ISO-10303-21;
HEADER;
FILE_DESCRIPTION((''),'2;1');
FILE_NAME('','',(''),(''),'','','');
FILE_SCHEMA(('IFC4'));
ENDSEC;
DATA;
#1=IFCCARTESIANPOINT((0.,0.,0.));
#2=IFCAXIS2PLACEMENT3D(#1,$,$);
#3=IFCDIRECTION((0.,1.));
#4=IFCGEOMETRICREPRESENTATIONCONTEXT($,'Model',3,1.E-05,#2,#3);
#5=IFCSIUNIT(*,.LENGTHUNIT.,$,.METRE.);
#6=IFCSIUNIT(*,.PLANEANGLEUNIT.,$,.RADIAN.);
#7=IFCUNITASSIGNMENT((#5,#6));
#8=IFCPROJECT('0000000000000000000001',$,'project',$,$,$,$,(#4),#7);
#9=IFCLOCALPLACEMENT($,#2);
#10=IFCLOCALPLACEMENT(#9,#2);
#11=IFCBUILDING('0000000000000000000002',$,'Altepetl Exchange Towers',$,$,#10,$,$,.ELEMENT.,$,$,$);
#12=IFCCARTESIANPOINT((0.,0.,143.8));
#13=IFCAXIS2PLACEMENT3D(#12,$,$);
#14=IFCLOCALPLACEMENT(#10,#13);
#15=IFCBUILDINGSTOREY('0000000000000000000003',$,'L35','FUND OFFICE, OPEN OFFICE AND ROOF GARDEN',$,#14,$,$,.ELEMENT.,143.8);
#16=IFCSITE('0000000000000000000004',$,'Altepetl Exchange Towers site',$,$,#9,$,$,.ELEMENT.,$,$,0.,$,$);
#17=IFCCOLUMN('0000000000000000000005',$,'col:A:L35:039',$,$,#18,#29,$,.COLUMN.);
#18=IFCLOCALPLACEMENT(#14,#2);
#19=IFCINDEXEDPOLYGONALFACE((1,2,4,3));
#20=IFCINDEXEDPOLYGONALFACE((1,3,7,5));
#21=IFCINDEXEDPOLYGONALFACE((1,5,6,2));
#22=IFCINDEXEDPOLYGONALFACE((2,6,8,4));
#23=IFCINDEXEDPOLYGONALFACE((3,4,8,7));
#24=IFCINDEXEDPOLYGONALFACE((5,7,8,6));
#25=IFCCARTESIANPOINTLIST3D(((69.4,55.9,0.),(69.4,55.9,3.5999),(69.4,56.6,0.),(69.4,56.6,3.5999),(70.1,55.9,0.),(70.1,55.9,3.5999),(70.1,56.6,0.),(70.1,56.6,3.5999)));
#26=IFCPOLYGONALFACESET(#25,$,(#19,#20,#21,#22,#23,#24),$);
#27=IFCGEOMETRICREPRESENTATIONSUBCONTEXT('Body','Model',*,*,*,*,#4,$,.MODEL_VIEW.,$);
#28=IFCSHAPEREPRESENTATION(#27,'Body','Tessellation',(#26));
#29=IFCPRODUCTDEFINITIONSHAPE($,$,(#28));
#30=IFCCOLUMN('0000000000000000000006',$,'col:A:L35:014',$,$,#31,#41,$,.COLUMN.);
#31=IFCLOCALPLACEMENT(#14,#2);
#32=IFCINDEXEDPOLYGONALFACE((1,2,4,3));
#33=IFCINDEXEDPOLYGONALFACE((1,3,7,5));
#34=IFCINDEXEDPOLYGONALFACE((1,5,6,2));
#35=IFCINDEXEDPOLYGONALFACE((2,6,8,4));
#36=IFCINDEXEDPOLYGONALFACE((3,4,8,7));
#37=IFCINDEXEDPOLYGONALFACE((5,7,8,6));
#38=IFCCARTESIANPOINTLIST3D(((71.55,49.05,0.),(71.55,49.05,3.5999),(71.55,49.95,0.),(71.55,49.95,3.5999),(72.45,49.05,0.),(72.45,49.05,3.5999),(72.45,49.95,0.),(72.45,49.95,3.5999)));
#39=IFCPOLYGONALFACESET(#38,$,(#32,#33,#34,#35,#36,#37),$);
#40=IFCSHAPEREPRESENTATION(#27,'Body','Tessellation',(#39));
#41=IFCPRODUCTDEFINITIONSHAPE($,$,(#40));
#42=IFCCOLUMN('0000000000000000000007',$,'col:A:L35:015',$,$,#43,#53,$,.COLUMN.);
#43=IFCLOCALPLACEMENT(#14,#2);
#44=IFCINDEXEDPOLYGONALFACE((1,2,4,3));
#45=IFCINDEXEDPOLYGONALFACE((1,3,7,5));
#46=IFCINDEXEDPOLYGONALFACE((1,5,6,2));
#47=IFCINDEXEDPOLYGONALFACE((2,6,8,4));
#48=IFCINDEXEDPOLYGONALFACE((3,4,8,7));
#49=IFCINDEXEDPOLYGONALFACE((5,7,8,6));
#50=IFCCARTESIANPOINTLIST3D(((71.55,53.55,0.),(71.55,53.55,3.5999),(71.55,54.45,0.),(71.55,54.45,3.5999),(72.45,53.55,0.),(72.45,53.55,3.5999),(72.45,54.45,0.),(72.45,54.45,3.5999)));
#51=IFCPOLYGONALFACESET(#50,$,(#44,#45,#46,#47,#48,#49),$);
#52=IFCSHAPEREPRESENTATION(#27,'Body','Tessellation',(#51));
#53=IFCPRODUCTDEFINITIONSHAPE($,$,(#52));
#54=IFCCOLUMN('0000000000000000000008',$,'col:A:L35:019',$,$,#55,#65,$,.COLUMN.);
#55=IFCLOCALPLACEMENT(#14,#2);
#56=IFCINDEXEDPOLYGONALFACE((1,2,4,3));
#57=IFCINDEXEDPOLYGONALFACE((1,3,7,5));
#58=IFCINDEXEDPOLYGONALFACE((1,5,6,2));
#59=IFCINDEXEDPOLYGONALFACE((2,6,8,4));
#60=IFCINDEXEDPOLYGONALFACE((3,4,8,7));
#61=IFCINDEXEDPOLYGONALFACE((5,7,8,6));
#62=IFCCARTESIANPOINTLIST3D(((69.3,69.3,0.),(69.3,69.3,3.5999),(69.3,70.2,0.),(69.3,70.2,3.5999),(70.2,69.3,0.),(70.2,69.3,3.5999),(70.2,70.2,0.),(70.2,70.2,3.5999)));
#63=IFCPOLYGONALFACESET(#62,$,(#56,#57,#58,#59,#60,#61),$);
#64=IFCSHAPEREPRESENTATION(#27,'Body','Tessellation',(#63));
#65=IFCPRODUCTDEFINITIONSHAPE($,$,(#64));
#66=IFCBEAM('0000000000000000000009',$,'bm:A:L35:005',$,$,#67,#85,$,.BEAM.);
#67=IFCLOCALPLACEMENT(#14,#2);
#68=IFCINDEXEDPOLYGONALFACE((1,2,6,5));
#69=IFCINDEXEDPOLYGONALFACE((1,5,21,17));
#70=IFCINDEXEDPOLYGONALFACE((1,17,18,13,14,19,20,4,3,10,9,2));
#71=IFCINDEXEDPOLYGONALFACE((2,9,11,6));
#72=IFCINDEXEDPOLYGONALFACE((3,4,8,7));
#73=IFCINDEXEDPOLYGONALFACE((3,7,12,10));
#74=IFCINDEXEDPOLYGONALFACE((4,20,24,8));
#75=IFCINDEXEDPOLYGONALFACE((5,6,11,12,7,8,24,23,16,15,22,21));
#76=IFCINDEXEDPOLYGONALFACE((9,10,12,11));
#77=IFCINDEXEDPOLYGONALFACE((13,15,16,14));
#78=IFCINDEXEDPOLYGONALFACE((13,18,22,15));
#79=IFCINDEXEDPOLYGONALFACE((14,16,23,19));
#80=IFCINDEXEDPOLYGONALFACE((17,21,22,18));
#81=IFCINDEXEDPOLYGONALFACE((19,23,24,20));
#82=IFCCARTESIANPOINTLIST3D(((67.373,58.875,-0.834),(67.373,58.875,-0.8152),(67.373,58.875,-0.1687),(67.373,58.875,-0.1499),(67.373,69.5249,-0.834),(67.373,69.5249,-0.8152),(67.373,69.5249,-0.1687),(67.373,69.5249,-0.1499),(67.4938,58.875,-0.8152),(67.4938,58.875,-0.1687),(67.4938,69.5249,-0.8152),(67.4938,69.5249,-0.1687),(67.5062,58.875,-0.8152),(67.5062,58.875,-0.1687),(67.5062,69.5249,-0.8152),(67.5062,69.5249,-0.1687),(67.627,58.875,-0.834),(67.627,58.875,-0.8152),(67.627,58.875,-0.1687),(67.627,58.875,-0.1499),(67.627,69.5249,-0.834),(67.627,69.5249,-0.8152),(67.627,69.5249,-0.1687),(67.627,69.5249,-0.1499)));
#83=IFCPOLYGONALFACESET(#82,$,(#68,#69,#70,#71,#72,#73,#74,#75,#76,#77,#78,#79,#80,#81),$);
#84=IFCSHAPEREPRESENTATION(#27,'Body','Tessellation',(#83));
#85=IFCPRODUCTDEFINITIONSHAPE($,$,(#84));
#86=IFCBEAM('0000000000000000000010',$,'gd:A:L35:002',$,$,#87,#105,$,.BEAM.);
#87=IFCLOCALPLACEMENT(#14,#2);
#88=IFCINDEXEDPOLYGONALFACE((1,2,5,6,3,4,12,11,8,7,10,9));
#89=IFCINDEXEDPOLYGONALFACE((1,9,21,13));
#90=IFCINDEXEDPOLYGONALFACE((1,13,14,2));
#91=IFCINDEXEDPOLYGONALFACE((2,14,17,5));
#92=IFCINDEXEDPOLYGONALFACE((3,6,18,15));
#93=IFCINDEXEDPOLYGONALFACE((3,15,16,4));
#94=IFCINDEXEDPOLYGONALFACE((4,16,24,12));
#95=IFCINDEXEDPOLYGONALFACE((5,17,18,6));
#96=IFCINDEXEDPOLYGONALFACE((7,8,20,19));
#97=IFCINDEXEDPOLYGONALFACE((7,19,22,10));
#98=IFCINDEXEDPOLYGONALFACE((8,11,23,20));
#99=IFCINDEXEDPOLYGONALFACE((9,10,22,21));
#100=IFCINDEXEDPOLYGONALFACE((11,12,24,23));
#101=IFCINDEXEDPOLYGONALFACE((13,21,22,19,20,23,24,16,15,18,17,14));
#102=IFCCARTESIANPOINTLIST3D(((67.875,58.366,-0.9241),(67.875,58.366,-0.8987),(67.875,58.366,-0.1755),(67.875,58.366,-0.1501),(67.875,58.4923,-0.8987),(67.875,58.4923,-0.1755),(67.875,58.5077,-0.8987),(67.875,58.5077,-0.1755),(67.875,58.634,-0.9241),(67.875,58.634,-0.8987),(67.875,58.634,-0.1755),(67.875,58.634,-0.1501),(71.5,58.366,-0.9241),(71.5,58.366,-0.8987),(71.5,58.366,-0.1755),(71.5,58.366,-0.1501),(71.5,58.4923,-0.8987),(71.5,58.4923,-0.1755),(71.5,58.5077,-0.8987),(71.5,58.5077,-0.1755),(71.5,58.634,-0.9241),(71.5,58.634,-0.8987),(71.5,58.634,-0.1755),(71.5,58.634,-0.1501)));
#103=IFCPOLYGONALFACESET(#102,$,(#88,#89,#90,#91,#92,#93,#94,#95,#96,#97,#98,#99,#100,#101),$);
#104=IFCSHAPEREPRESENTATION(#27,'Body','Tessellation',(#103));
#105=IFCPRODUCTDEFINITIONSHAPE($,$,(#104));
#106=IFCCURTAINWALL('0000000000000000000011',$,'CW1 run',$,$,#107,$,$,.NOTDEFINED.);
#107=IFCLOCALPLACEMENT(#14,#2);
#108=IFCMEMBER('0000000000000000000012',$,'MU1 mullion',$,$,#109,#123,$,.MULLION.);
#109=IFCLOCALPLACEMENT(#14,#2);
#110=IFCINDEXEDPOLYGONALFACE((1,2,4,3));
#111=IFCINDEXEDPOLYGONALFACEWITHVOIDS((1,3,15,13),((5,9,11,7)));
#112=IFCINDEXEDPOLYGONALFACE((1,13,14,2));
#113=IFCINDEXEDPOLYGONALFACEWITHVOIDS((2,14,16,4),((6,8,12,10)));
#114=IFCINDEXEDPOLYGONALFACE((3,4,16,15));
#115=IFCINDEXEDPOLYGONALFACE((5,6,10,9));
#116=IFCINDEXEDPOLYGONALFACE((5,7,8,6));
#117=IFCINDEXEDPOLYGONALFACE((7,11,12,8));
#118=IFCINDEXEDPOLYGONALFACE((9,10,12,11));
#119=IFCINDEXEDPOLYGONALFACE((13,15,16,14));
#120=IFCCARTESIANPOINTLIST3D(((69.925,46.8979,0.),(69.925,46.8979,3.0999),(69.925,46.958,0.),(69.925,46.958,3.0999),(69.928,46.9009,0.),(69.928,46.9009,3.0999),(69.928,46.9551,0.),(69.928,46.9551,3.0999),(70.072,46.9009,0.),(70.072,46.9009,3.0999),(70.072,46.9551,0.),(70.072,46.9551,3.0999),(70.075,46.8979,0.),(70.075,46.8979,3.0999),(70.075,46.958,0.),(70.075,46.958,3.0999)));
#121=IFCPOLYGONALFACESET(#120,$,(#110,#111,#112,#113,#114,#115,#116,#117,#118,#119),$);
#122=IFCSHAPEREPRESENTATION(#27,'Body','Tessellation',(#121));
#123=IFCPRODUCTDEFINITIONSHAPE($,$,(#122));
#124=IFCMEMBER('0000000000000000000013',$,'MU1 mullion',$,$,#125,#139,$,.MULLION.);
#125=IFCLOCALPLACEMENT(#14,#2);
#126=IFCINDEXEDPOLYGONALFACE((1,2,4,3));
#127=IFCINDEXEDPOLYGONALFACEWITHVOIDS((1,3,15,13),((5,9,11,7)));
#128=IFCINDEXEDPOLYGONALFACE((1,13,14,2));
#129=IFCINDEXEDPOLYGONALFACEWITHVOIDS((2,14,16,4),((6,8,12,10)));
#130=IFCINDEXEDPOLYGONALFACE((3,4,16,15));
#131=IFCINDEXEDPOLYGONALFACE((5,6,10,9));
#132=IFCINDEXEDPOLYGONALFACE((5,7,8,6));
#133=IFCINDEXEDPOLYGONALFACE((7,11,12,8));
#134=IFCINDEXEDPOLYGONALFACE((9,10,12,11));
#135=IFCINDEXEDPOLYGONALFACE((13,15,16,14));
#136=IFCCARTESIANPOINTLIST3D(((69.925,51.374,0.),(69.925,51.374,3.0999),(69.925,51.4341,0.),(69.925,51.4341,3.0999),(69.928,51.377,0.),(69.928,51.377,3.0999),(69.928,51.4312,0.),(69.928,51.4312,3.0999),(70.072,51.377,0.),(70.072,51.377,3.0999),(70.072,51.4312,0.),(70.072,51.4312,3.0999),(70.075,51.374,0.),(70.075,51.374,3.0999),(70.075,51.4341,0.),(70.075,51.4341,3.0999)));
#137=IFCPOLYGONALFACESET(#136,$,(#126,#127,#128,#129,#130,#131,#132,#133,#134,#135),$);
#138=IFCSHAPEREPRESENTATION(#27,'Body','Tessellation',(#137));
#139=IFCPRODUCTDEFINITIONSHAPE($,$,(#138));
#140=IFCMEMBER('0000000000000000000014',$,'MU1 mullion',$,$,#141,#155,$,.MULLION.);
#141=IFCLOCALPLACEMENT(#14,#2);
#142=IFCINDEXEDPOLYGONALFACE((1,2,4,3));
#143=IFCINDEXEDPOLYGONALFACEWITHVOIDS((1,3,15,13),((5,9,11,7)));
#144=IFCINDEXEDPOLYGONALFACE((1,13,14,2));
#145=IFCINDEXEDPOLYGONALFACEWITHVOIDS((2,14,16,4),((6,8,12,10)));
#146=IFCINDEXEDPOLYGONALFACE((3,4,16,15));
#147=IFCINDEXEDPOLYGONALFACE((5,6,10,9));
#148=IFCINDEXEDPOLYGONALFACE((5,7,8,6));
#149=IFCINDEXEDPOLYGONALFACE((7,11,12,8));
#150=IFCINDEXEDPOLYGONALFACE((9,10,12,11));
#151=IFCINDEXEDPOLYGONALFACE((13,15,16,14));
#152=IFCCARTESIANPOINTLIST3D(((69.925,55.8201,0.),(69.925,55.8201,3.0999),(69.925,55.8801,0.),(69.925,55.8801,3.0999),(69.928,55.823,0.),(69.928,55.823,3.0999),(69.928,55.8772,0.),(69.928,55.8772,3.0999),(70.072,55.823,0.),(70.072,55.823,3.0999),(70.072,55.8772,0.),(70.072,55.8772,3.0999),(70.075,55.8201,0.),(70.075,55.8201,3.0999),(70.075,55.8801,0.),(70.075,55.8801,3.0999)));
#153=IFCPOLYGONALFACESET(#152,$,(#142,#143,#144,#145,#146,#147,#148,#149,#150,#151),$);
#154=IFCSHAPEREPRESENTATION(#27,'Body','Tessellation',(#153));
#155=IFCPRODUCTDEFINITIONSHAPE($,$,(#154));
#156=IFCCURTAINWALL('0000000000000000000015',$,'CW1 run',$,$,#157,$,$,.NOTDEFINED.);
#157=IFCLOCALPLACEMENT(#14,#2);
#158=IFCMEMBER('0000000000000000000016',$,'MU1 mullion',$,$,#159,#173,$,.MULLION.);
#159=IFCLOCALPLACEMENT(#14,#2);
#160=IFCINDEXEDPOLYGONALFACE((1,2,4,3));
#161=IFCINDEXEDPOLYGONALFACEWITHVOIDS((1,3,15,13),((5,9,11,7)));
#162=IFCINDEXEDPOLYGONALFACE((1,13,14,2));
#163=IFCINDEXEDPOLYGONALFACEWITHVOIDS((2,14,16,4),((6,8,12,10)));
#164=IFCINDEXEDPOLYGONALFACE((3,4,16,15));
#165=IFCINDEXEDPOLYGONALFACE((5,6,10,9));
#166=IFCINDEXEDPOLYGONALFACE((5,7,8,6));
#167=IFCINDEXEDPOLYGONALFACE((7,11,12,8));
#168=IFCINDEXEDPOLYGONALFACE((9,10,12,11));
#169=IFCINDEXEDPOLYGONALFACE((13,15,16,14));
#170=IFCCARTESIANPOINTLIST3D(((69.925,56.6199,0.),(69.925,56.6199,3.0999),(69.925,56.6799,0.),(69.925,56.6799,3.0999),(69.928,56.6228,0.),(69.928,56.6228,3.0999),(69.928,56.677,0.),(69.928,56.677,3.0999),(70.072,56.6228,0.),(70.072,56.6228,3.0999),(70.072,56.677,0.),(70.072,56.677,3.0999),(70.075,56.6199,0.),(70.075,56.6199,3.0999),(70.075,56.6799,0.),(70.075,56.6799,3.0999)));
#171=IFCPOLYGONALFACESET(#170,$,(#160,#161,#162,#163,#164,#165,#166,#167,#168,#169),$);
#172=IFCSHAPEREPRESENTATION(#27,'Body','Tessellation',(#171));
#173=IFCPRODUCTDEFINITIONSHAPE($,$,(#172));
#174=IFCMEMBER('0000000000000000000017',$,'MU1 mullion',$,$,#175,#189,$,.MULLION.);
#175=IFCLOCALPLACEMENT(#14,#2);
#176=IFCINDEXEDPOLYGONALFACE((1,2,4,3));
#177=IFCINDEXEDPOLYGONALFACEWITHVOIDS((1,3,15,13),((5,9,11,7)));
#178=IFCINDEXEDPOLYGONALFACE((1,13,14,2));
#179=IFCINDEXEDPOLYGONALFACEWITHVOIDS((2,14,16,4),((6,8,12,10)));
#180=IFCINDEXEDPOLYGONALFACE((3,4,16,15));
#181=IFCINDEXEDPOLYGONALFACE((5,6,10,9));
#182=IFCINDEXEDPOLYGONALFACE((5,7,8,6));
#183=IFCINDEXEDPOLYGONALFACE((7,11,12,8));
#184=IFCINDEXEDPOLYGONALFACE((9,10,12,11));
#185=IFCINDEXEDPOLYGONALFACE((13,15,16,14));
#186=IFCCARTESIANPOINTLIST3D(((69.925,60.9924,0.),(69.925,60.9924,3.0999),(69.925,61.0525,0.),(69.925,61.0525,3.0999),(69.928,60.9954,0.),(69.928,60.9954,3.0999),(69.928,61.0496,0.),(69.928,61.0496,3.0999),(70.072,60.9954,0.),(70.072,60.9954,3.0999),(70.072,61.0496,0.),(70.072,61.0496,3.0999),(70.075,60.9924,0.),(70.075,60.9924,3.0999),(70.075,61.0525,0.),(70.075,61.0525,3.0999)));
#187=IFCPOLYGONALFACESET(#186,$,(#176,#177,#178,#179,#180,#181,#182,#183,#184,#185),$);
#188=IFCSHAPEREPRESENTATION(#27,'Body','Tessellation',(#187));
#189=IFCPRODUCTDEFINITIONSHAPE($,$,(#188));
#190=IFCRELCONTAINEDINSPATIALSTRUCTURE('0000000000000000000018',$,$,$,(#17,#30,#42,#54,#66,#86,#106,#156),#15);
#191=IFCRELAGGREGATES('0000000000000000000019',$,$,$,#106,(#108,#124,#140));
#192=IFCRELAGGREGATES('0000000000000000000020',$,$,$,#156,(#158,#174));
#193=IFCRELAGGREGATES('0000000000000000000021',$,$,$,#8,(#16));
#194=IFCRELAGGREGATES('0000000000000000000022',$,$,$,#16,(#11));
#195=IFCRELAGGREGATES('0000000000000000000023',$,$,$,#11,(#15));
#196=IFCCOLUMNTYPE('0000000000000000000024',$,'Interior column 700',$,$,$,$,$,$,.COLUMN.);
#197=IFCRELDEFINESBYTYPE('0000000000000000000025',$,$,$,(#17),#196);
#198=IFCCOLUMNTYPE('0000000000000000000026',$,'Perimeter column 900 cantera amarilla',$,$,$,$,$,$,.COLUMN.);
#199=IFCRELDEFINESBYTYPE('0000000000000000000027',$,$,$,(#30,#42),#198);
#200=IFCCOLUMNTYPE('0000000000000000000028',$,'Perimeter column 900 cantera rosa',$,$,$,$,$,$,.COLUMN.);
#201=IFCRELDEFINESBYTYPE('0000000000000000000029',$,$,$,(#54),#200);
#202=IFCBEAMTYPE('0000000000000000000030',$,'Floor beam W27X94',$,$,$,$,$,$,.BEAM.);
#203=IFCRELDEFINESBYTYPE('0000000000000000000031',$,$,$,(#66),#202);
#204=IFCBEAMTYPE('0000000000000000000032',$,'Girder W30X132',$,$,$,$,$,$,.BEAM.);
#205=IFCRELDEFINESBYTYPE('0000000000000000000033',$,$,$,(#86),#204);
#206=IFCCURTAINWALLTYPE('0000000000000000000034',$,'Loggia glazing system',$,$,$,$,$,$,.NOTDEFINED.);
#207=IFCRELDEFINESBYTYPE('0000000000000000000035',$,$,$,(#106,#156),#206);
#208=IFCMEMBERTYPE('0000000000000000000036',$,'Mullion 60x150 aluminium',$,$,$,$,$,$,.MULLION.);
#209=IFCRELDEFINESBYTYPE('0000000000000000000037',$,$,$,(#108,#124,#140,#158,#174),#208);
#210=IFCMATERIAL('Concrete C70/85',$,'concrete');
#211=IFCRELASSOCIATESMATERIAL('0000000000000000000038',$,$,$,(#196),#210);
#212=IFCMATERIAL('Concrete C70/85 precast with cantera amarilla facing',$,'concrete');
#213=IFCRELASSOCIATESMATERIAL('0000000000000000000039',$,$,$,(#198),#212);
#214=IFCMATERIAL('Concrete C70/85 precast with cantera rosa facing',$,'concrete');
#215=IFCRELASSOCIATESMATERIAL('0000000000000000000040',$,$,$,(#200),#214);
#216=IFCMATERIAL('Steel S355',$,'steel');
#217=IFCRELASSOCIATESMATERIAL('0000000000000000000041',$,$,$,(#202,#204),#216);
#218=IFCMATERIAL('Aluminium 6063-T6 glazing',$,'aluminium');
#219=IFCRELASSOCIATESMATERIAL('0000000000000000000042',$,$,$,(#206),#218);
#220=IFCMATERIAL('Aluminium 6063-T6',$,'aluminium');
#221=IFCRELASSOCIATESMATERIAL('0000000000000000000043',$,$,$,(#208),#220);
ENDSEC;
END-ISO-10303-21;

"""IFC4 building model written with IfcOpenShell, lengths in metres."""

from ifc_helpers import new_model, si_unit, direction, frame, origin, origin_2d, place, context, subcontext, project, spatial, rectangle, hollow_rectangle, i_section, extrude, material, material_profile, profile_set, type_object, element, aggregate, save


model = new_model("IFC4")

# Units and contexts
model_context = context("Model", 3, precision=1e-05, world=origin(), true_north=direction((0.0, 1.0)))
body_context = subcontext(model_context, "Body", "Model", "MODEL_VIEW")
ifc_project = project(units=[si_unit("LENGTHUNIT", "METRE"), si_unit("PLANEANGLEUNIT", "RADIAN")], contexts=[model_context])

# Site, building, storey
site_placement = place(None, origin())
site = spatial("IfcSite", under=ifc_project, at=site_placement, Name="Altepetl Exchange Towers site", CompositionType="ELEMENT", RefElevation=0.0)
building_placement = place(site_placement, origin())
building = spatial("IfcBuilding", under=site, at=building_placement, Name="Altepetl Exchange Towers", CompositionType="ELEMENT")
storey_placement = place(building_placement, frame((0.0, 0.0, 143.8)))
storey = spatial("IfcBuildingStorey", under=building, at=storey_placement, Name="L35", Description="FUND OFFICE, OPEN OFFICE AND ROOF GARDEN", CompositionType="ELEMENT", Elevation=143.8)

# Columns
ifc_material_1 = material(Name="Concrete C70/85", Category="concrete")
ifc_material_profile_1 = material_profile(ifc_material_1, rectangle(XDim=0.7, YDim=0.7, at=origin_2d()), Name="700 x 700")
ifc_profile_set_1 = profile_set([ifc_material_profile_1], Name="Concrete C70/85")
column_type_1 = type_object("IfcColumnType", Name="Interior column 700", PredefinedType="COLUMN", material=ifc_profile_set_1)
column_1_placement = place(storey_placement, frame((69.75, 56.25, 0.0)))
element("IfcColumn", 1, at=column_1_placement, inside=storey, type_object=column_type_1, Name="col:A:L35:039", PredefinedType="COLUMN", context=body_context, shape_type="SweptSolid", body=[
    extrude(rectangle(XDim=0.7, YDim=0.7, at=origin_2d()), origin(), (0.0, 0.0, 1.0), 3.5999),
])
ifc_material_2 = material(Name="Concrete C70/85 precast with cantera amarilla facing", Category="concrete")
ifc_material_profile_2 = material_profile(ifc_material_2, rectangle(XDim=0.8999, YDim=0.8999, at=origin_2d()), Name="900 x 900")
ifc_profile_set_2 = profile_set([ifc_material_profile_2], Name="Concrete C70/85 precast with cantera amarilla facing")
column_type_2 = type_object("IfcColumnType", Name="Perimeter column 900 cantera amarilla", PredefinedType="COLUMN", material=ifc_profile_set_2)
for number, where, name in (
    (2, (72.0, 49.5, 0.0), "col:A:L35:014"),
    (3, (72.0, 54.0, 0.0), "col:A:L35:015"),
):
    element("IfcColumn", number, at=place(storey_placement, frame(where)), inside=storey, type_object=column_type_2, Name=name, PredefinedType="COLUMN", context=body_context, shape_type="SweptSolid", body=[
        extrude(rectangle(XDim=0.8999, YDim=0.8999, at=origin_2d()), origin(), (0.0, 0.0, 1.0), 3.5999),
    ])
ifc_material_3 = material(Name="Concrete C70/85 precast with cantera rosa facing", Category="concrete")
ifc_material_profile_3 = material_profile(ifc_material_3, rectangle(XDim=0.8999, YDim=0.8999, at=origin_2d()), Name="900 x 900")
ifc_profile_set_3 = profile_set([ifc_material_profile_3], Name="Concrete C70/85 precast with cantera rosa facing")
column_type_3 = type_object("IfcColumnType", Name="Perimeter column 900 cantera rosa", PredefinedType="COLUMN", material=ifc_profile_set_3)
column_2_placement = place(storey_placement, frame((69.75, 69.75, 0.0)))
element("IfcColumn", 4, at=column_2_placement, inside=storey, type_object=column_type_3, Name="col:A:L35:019", PredefinedType="COLUMN", context=body_context, shape_type="SweptSolid", body=[
    extrude(rectangle(XDim=0.8999, YDim=0.8999, at=origin_2d()), origin(), (0.0, 0.0, 1.0), 3.5999),
])

# Beams
ifc_material_4 = material(Name="Steel S355", Category="steel")
ifc_material_profile_4 = material_profile(ifc_material_4, i_section(OverallWidth=0.2539, OverallDepth=0.6841, WebThickness=0.0125, FlangeThickness=0.0188, at=origin_2d()), Name="W27X94")
ifc_profile_set_4 = profile_set([ifc_material_profile_4], Name="Steel S355")
beam_type_1 = type_object("IfcBeamType", Name="Floor beam W27X94", PredefinedType="BEAM", material=ifc_profile_set_4)
beam_1_placement = place(storey_placement, frame((67.5, 58.875, -0.4919), z_axis=(0.0, 1.0, 0.0), x_axis=(-1.0, 0.0, 0.0)))
element("IfcBeam", 5, at=beam_1_placement, inside=storey, type_object=beam_type_1, Name="bm:A:L35:005", PredefinedType="BEAM", context=body_context, shape_type="SweptSolid", body=[
    extrude(i_section(OverallWidth=0.2539, OverallDepth=0.6841, WebThickness=0.0125, FlangeThickness=0.0188, at=origin_2d()), origin(), (0.0, 0.0, 1.0), 10.6499),
])
ifc_material_profile_5 = material_profile(ifc_material_4, i_section(OverallWidth=0.2681, OverallDepth=0.7739, WebThickness=0.0154, FlangeThickness=0.0254, at=origin_2d()), Name="W30X132")
ifc_profile_set_5 = profile_set([ifc_material_profile_5], Name="Steel S355")
beam_type_2 = type_object("IfcBeamType", Name="Girder W30X132", PredefinedType="BEAM", material=ifc_profile_set_5)
beam_2_placement = place(storey_placement, frame((67.875, 58.5, -0.5371), z_axis=(1.0, 0.0, 0.0), x_axis=(0.0, 1.0, 0.0)))
element("IfcBeam", 6, at=beam_2_placement, inside=storey, type_object=beam_type_2, Name="gd:A:L35:002", PredefinedType="BEAM", context=body_context, shape_type="SweptSolid", body=[
    extrude(i_section(OverallWidth=0.2681, OverallDepth=0.7739, WebThickness=0.0154, FlangeThickness=0.0254, at=origin_2d()), origin(), (0.0, 0.0, 1.0), 3.625),
])

# Curtain walls, members
ifc_material_5 = material(Name="Aluminium 6063-T6 glazing", Category="aluminium")
curtain_wall_type = type_object("IfcCurtainWallType", Name="Loggia glazing system", PredefinedType="NOTDEFINED", material=ifc_material_5)
curtain_wall_1_placement = place(storey_placement, origin())
curtain_wall_1 = element("IfcCurtainWall", 7, at=curtain_wall_1_placement, inside=storey, type_object=curtain_wall_type, Name="CW1 run", PredefinedType="NOTDEFINED")
ifc_material_6 = material(Name="Aluminium 6063-T6", Category="aluminium")
ifc_material_profile_6 = material_profile(ifc_material_6, hollow_rectangle(XDim=0.0601, YDim=0.1499, WallThickness=0.0029, at=origin_2d()), Name="Mullion 60x150 aluminium")
ifc_profile_set_6 = profile_set([ifc_material_profile_6], Name="Aluminium 6063-T6")
member_type = type_object("IfcMemberType", Name="Mullion 60x150 aluminium", PredefinedType="MULLION", material=ifc_profile_set_6)
member_1_placement = place(storey_placement, frame((70.0, 46.928, 0.0), z_axis=(0.0, 0.0, 1.0), x_axis=(0.0, 1.0, 0.0)))
member_1 = element("IfcMember", 8, at=member_1_placement, type_object=member_type, Name="MU1 mullion", PredefinedType="MULLION", context=body_context, shape_type="SweptSolid", body=[
    extrude(hollow_rectangle(XDim=0.0601, YDim=0.1499, WallThickness=0.0029, at=origin_2d()), origin(), (0.0, 0.0, 1.0), 3.0999),
])
member_2_placement = place(storey_placement, frame((70.0, 51.4041, 0.0), z_axis=(0.0, 0.0, 1.0), x_axis=(0.0, 1.0, 0.0)))
member_2 = element("IfcMember", 9, at=member_2_placement, type_object=member_type, Name="MU1 mullion", PredefinedType="MULLION", context=body_context, shape_type="SweptSolid", body=[
    extrude(hollow_rectangle(XDim=0.0601, YDim=0.1499, WallThickness=0.0029, at=origin_2d()), origin(), (0.0, 0.0, 1.0), 3.0999),
])
member_3_placement = place(storey_placement, frame((70.0, 55.8501, 0.0), z_axis=(0.0, 0.0, 1.0), x_axis=(0.0, 1.0, 0.0)))
member_3 = element("IfcMember", 10, at=member_3_placement, type_object=member_type, Name="MU1 mullion", PredefinedType="MULLION", context=body_context, shape_type="SweptSolid", body=[
    extrude(hollow_rectangle(XDim=0.0601, YDim=0.1499, WallThickness=0.0029, at=origin_2d()), origin(), (0.0, 0.0, 1.0), 3.0999),
])
curtain_wall_2_placement = place(storey_placement, origin())
curtain_wall_2 = element("IfcCurtainWall", 11, at=curtain_wall_2_placement, inside=storey, type_object=curtain_wall_type, Name="CW1 run", PredefinedType="NOTDEFINED")
member_4_placement = place(storey_placement, frame((70.0, 56.6499, 0.0), z_axis=(0.0, 0.0, 1.0), x_axis=(0.0, 1.0, 0.0)))
member_4 = element("IfcMember", 12, at=member_4_placement, type_object=member_type, Name="MU1 mullion", PredefinedType="MULLION", context=body_context, shape_type="SweptSolid", body=[
    extrude(hollow_rectangle(XDim=0.0601, YDim=0.1499, WallThickness=0.0029, at=origin_2d()), origin(), (0.0, 0.0, 1.0), 3.0999),
])
member_5_placement = place(storey_placement, frame((70.0, 61.0225, 0.0), z_axis=(0.0, 0.0, 1.0), x_axis=(0.0, 1.0, 0.0)))
member_5 = element("IfcMember", 13, at=member_5_placement, type_object=member_type, Name="MU1 mullion", PredefinedType="MULLION", context=body_context, shape_type="SweptSolid", body=[
    extrude(hollow_rectangle(XDim=0.0601, YDim=0.1499, WallThickness=0.0029, at=origin_2d()), origin(), (0.0, 0.0, 1.0), 3.0999),
])

aggregate(curtain_wall_1, [member_1, member_2, member_3])
aggregate(curtain_wall_2, [member_4, member_5])

save(model, "model.ifc")
